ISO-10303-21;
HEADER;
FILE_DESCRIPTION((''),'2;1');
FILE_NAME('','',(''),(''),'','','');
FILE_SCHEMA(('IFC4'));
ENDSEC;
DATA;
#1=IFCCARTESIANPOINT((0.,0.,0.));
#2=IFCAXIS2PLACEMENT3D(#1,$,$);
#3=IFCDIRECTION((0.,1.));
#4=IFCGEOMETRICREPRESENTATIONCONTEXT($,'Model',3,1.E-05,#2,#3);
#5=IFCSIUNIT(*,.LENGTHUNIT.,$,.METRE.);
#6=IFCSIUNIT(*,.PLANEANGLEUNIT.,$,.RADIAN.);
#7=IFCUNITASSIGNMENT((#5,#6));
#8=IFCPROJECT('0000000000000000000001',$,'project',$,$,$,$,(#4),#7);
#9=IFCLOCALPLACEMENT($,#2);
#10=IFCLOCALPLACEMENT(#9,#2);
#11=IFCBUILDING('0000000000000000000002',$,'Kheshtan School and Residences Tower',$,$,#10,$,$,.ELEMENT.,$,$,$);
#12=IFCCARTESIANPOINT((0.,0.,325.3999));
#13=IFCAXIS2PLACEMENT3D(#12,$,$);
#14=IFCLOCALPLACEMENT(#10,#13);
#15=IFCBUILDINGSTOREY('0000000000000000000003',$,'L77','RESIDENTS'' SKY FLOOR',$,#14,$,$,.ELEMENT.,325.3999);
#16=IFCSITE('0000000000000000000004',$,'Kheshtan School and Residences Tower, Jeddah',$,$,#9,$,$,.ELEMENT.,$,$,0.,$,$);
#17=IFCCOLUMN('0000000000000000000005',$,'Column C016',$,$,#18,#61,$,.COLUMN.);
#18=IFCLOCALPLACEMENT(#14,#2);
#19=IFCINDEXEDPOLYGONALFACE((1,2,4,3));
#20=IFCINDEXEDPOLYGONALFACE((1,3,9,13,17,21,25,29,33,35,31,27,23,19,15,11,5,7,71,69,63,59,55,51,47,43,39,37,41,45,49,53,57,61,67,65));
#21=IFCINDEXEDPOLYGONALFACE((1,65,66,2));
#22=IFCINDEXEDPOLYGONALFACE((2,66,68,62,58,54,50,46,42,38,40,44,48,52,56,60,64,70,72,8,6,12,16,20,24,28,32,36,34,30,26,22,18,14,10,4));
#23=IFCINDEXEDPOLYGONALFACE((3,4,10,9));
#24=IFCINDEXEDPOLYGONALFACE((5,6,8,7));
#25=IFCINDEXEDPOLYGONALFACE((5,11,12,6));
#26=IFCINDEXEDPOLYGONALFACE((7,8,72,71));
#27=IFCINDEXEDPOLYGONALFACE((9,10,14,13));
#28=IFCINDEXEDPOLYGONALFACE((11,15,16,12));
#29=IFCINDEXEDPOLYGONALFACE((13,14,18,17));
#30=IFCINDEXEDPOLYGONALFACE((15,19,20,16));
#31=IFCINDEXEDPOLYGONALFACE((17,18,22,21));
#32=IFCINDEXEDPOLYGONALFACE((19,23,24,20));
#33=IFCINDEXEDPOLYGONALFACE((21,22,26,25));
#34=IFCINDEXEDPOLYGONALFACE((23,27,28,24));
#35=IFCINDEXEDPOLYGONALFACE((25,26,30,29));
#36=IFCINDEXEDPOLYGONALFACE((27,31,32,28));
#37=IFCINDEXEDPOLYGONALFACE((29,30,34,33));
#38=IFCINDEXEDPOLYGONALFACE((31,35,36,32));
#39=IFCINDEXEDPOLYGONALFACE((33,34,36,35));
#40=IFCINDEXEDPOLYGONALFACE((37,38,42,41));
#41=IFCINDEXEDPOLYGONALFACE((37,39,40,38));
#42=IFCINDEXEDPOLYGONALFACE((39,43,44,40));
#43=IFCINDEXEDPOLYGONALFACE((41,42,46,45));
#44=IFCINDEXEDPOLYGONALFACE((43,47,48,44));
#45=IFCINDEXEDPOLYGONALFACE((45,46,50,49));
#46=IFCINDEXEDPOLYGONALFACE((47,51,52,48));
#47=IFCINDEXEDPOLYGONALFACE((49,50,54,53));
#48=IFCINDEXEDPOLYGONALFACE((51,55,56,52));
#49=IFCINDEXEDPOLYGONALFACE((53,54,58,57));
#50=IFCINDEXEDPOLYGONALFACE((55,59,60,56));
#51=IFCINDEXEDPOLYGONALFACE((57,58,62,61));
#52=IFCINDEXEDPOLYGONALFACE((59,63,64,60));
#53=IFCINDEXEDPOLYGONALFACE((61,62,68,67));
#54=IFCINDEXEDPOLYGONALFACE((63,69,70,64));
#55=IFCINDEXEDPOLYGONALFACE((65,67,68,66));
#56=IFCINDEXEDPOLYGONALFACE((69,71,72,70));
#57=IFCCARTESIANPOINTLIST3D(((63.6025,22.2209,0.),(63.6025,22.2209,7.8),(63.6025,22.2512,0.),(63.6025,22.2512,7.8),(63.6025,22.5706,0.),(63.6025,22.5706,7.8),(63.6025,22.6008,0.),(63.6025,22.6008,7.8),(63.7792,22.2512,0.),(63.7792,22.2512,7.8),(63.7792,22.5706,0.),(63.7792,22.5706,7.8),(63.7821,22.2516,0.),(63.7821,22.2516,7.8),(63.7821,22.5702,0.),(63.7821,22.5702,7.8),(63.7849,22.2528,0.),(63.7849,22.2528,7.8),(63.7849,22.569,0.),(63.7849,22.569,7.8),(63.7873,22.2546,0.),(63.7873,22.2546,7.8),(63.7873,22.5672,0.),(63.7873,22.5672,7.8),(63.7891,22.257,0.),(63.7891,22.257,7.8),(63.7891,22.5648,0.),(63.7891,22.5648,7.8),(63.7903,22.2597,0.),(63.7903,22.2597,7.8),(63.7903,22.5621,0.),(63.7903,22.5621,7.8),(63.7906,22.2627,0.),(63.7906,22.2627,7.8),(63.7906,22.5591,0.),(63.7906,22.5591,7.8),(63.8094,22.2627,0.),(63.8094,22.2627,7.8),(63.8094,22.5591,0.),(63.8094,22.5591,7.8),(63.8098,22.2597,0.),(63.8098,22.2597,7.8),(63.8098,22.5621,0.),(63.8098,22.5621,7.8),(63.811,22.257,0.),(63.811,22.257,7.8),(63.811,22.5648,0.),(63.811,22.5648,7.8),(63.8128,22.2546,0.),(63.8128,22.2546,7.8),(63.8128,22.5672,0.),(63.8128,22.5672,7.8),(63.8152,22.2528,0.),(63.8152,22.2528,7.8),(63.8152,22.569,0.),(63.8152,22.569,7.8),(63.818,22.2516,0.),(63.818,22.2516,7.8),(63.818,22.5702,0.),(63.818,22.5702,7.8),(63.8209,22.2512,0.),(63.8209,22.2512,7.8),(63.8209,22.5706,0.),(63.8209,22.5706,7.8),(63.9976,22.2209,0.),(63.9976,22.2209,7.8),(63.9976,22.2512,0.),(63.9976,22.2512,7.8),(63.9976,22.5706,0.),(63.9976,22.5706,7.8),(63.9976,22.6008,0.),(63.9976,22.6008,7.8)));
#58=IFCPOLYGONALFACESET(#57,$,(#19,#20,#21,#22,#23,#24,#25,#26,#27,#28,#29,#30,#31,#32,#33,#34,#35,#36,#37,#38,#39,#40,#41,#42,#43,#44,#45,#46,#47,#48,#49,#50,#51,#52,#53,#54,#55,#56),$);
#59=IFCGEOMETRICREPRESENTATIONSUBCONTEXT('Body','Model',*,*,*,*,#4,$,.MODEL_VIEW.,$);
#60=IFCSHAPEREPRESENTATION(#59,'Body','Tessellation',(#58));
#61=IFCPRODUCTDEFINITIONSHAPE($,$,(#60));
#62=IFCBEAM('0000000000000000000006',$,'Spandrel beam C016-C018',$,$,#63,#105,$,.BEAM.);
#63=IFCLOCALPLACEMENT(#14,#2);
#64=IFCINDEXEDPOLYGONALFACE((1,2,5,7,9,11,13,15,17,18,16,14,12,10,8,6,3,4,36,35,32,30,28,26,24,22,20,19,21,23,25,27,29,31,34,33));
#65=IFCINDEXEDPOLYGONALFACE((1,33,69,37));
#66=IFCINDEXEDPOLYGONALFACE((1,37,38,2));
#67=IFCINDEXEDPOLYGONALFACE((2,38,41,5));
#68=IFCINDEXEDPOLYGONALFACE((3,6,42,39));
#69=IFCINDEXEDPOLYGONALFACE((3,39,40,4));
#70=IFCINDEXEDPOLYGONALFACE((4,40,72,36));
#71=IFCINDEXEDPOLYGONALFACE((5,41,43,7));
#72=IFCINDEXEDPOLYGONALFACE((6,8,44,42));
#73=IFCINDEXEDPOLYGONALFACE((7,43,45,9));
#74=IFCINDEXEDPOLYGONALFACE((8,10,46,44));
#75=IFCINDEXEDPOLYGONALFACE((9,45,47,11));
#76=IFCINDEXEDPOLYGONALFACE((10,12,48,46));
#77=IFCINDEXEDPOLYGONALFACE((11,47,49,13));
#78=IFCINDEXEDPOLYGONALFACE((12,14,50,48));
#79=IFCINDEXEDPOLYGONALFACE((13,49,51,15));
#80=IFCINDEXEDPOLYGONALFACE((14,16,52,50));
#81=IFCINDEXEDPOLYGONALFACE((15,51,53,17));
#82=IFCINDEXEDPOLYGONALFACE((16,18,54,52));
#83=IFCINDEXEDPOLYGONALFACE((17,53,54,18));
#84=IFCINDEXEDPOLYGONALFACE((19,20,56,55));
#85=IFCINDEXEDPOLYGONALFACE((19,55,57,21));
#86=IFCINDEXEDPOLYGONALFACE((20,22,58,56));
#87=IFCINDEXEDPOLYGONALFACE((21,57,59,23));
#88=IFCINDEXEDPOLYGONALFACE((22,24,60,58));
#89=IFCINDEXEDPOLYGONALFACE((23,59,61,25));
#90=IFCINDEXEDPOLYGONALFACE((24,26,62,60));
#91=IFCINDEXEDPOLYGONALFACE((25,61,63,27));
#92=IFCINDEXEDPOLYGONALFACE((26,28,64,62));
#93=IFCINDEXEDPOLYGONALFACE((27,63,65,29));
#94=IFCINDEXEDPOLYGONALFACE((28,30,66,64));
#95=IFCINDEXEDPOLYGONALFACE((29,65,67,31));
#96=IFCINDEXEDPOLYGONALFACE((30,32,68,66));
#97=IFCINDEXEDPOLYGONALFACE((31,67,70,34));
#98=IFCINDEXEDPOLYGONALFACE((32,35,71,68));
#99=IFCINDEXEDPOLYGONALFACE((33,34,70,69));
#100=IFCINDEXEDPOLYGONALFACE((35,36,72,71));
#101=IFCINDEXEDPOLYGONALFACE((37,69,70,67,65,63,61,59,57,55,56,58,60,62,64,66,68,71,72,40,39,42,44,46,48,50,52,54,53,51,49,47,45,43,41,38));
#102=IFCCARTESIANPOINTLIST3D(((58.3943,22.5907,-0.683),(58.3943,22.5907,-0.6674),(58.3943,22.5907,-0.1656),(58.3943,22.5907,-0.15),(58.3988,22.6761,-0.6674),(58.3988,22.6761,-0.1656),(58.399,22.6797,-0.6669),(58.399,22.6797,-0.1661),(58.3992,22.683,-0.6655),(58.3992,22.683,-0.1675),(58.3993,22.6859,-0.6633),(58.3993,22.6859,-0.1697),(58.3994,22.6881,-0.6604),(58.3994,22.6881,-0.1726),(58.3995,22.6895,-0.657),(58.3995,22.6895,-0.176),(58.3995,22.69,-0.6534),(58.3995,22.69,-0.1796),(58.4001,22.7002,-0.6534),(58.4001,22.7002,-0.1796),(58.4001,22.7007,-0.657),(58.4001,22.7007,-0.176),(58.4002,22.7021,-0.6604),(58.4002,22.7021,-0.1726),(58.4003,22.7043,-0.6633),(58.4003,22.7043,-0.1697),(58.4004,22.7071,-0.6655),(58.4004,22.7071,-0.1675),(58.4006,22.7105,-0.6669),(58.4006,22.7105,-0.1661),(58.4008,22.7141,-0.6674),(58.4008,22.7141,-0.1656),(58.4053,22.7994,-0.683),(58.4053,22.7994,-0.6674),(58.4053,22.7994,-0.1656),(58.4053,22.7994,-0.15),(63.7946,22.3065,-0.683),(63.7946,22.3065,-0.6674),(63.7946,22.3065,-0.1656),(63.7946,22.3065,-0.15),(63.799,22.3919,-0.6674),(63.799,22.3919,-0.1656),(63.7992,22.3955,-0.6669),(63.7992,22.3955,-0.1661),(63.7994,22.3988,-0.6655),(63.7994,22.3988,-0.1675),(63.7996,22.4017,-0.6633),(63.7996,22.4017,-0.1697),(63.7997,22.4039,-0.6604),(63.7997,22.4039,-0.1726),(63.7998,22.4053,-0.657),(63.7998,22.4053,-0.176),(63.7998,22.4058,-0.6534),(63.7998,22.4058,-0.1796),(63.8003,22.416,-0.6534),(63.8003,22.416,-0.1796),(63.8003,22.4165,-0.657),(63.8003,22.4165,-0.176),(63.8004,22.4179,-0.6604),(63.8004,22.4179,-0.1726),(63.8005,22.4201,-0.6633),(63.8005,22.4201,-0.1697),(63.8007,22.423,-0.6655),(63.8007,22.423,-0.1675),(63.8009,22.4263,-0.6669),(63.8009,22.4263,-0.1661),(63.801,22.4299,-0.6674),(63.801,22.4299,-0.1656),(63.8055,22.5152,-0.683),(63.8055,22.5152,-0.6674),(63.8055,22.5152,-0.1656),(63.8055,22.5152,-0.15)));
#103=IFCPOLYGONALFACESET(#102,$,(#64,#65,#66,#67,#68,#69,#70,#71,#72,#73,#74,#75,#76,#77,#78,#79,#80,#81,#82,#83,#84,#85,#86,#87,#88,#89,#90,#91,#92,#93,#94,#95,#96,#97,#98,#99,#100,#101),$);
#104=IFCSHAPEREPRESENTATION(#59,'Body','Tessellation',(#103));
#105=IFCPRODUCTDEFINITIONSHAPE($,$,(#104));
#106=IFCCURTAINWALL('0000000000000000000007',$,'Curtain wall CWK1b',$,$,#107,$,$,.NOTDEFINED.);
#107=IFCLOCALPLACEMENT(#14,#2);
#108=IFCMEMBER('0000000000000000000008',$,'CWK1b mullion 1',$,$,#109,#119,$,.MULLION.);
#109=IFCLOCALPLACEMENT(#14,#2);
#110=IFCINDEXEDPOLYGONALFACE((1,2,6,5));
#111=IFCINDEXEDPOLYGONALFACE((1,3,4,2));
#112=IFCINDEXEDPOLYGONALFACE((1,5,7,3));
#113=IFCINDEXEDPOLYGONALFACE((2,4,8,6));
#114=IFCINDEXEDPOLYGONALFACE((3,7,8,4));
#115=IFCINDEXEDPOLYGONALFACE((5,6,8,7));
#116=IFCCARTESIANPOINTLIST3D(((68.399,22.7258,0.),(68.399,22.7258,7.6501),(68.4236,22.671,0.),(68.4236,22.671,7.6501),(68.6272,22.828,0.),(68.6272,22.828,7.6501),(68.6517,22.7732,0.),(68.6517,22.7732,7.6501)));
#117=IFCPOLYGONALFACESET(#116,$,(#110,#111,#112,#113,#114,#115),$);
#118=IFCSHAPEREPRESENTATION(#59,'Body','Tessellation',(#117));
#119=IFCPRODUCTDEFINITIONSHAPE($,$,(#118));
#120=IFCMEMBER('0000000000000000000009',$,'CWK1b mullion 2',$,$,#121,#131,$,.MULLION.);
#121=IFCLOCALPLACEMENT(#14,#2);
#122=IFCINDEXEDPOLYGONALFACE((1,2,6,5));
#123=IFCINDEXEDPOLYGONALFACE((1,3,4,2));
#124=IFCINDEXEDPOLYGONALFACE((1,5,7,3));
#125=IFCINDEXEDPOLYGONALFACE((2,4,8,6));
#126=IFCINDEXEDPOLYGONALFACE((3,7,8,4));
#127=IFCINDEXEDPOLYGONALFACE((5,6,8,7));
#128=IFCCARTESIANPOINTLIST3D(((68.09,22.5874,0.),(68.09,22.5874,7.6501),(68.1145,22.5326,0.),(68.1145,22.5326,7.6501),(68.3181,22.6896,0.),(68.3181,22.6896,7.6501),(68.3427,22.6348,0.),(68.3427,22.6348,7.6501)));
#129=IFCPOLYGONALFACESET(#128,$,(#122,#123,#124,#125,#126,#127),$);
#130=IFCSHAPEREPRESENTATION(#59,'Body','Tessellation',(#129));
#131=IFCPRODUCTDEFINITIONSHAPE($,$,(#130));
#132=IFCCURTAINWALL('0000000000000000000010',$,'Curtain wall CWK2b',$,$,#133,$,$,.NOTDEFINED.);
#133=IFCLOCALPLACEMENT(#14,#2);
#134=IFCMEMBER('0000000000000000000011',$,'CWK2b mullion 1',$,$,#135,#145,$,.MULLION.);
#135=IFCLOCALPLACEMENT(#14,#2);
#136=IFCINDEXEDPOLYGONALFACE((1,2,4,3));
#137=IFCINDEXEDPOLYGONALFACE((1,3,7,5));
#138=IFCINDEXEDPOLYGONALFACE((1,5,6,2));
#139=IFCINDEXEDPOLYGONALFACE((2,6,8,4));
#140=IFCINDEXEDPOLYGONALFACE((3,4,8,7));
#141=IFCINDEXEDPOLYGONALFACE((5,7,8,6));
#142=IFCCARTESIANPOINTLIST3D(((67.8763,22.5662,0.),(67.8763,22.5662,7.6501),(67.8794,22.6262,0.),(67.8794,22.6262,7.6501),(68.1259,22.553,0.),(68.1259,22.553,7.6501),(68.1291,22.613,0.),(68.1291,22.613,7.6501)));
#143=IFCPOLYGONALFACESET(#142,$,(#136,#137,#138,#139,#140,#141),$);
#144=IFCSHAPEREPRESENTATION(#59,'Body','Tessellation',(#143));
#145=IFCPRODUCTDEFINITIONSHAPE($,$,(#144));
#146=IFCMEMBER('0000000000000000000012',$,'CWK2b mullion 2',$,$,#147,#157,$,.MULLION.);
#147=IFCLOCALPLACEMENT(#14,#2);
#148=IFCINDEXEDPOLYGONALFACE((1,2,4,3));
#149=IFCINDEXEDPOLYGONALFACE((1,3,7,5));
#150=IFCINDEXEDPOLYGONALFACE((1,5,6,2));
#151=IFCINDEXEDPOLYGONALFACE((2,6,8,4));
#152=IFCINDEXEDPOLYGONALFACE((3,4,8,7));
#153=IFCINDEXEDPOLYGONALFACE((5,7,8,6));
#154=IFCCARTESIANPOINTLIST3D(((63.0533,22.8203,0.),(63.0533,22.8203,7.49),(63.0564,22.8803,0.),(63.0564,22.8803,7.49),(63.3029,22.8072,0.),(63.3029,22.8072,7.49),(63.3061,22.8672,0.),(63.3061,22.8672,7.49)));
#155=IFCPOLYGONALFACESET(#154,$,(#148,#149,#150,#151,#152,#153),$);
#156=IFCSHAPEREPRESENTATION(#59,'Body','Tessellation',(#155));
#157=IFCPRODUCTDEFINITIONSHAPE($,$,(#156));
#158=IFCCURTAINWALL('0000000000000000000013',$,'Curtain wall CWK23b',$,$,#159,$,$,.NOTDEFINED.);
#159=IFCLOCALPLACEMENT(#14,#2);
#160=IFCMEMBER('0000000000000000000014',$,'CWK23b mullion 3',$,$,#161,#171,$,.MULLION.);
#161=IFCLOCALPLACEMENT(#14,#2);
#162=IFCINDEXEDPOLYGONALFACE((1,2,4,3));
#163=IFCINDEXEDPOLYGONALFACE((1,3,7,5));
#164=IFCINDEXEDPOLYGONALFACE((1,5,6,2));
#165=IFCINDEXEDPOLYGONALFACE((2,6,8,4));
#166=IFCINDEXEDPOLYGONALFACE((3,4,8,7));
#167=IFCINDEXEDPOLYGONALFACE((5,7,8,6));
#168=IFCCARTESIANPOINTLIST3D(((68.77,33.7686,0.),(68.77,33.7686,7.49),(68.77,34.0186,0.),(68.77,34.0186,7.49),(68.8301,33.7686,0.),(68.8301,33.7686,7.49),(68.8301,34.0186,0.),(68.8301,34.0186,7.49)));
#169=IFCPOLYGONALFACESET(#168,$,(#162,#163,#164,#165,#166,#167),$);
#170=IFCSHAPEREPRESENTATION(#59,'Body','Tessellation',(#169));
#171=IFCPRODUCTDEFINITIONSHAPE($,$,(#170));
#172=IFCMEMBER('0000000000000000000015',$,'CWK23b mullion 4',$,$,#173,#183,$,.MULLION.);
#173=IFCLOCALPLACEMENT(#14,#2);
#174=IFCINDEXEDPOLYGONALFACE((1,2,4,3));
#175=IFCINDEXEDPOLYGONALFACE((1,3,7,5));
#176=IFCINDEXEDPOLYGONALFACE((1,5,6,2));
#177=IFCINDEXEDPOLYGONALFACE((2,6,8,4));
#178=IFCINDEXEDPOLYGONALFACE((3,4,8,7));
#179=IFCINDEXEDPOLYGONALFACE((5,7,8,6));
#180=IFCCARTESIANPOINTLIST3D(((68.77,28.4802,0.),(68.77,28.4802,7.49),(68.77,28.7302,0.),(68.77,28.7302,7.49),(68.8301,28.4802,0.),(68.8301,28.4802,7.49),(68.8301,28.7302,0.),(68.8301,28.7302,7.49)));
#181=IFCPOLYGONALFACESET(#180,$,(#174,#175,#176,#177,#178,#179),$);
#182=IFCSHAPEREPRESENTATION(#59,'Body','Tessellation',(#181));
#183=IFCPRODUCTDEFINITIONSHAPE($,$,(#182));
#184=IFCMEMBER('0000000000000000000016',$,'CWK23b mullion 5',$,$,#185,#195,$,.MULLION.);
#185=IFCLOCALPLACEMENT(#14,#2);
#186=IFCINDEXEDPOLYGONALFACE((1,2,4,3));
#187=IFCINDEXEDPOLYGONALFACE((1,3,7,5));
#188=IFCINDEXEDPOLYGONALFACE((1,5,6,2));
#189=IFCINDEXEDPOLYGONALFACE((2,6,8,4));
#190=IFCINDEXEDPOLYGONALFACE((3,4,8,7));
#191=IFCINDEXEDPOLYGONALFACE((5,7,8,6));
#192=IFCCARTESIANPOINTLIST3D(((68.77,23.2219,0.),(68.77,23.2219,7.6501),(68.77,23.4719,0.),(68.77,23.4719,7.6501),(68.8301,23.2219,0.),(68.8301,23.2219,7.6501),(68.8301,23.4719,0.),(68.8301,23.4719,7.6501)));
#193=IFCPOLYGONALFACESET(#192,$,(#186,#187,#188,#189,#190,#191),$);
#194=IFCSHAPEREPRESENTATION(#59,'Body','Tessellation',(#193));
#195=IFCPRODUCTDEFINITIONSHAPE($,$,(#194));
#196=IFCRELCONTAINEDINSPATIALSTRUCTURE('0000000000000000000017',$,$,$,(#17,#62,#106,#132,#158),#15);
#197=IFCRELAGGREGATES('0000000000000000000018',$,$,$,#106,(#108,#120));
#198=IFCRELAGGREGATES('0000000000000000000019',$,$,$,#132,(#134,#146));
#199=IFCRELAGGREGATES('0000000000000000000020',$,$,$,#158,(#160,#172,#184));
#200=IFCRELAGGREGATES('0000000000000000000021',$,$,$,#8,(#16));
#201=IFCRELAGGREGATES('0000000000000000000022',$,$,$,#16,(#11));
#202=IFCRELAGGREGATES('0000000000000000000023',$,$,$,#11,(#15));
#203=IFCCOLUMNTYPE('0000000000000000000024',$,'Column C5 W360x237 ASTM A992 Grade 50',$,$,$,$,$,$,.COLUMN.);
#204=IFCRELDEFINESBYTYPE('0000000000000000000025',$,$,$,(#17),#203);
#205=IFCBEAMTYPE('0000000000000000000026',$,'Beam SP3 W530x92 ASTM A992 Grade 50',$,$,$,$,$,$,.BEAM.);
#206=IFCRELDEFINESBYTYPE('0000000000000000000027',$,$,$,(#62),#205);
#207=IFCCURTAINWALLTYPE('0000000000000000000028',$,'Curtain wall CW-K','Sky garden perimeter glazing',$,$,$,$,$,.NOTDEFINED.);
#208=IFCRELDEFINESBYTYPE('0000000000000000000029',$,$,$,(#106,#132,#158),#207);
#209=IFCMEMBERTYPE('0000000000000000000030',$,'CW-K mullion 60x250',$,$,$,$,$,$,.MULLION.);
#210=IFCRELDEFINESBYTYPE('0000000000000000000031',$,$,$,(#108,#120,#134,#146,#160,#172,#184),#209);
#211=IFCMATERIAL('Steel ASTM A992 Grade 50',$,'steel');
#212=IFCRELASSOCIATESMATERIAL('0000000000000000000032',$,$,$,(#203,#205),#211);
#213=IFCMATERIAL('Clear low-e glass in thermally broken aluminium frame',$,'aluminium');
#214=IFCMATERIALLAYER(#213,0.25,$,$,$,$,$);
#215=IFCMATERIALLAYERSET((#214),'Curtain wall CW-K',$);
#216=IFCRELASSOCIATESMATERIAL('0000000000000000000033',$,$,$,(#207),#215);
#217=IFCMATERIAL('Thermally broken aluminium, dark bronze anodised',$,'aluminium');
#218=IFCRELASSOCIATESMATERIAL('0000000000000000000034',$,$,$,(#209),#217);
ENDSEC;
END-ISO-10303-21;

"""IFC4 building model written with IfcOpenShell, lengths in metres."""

from ifc_helpers import new_model, si_unit, direction, frame, origin, origin_2d, place, context, subcontext, project, spatial, rectangle, i_section, extrude, material, layer, layer_set, material_profile, profile_set, type_object, element, aggregate, save


model = new_model("IFC4")

# Units and contexts
model_context = context("Model", 3, precision=1e-05, world=origin(), true_north=direction((0.0, 1.0)))
body_context = subcontext(model_context, "Body", "Model", "MODEL_VIEW")
ifc_project = project(units=[si_unit("LENGTHUNIT", "METRE"), si_unit("PLANEANGLEUNIT", "RADIAN")], contexts=[model_context])

# Site, building, storey
site_placement = place(None, origin())
site = spatial("IfcSite", under=ifc_project, at=site_placement, Name="Kheshtan School and Residences Tower, Jeddah", CompositionType="ELEMENT", RefElevation=0.0)
building_placement = place(site_placement, origin())
building = spatial("IfcBuilding", under=site, at=building_placement, Name="Kheshtan School and Residences Tower", CompositionType="ELEMENT")
storey_placement = place(building_placement, frame((0.0, 0.0, 325.3999)))
storey = spatial("IfcBuildingStorey", under=building, at=storey_placement, Name="L77", Description="RESIDENTS' SKY FLOOR", CompositionType="ELEMENT", Elevation=325.3999)

# Column
ifc_material_1 = material(Name="Steel ASTM A992 Grade 50", Category="steel")
ifc_material_profile_1 = material_profile(ifc_material_1, i_section(OverallWidth=0.395, OverallDepth=0.3799, WebThickness=0.0188, FlangeThickness=0.0303, FilletRadius=0.0115, at=origin_2d()), Name="W360x237")
ifc_profile_set_1 = profile_set([ifc_material_profile_1], Name="Steel ASTM A992 Grade 50")
column_type = type_object("IfcColumnType", Name="Column C5 W360x237 ASTM A992 Grade 50", PredefinedType="COLUMN", material=ifc_profile_set_1)
column_placement = place(storey_placement, frame((63.8, 22.4109, 0.0), z_axis=(0.0, 0.0, 1.0), x_axis=(1.0, 0.0, 0.0)))
element("IfcColumn", 1, at=column_placement, inside=storey, type_object=column_type, Name="Column C016", PredefinedType="COLUMN", context=body_context, shape_type="SweptSolid", body=[
    extrude(i_section(OverallWidth=0.395, OverallDepth=0.3799, WebThickness=0.0188, FlangeThickness=0.0303, FilletRadius=0.0115, at=origin_2d()), origin(), (0.0, 0.0, 1.0), 7.8),
])

# Beam
ifc_material_profile_2 = material_profile(ifc_material_1, i_section(OverallWidth=0.209, OverallDepth=0.533, WebThickness=0.0103, FlangeThickness=0.0156, FilletRadius=0.0139, at=origin_2d()), Name="W530x92")
ifc_profile_set_2 = profile_set([ifc_material_profile_2], Name="Steel ASTM A992 Grade 50")
beam_type = type_object("IfcBeamType", Name="Beam SP3 W530x92 ASTM A992 Grade 50", PredefinedType="BEAM", material=ifc_profile_set_2)
beam_placement = place(storey_placement, frame((63.8, 22.4109, -0.4165), z_axis=(-0.998618, 0.052552, 0.0), x_axis=(-0.052552, -0.998618, 0.0)))
element("IfcBeam", 2, at=beam_placement, inside=storey, type_object=beam_type, Name="Spandrel beam C016-C018", PredefinedType="BEAM", context=body_context, shape_type="SweptSolid", body=[
    extrude(i_section(OverallWidth=0.209, OverallDepth=0.533, WebThickness=0.0103, FlangeThickness=0.0156, FilletRadius=0.0139, at=origin_2d()), origin(), (0.0, 0.0, 1.0), 5.4077),
])

# Curtain walls, members
ifc_material_2 = material(Name="Clear low-e glass in thermally broken aluminium frame", Category="aluminium")
ifc_layer_1 = layer(ifc_material_2, 0.25)
ifc_layer_set_1 = layer_set([ifc_layer_1], Name="Curtain wall CW-K")
curtain_wall_type = type_object("IfcCurtainWallType", Name="Curtain wall CW-K", Description="Sky garden perimeter glazing", PredefinedType="NOTDEFINED", material=ifc_layer_set_1)
curtain_wall_1_placement = place(storey_placement, origin())
curtain_wall_1 = element("IfcCurtainWall", 3, at=curtain_wall_1_placement, inside=storey, type_object=curtain_wall_type, Name="Curtain wall CWK1b", PredefinedType="NOTDEFINED")
ifc_material_3 = material(Name="Thermally broken aluminium, dark bronze anodised", Category="aluminium")
ifc_material_profile_3 = material_profile(ifc_material_3, rectangle(XDim=0.0601, YDim=0.25, at=origin_2d()), Name="CW-K mullion 60x250")
ifc_profile_set_3 = profile_set([ifc_material_profile_3], Name="Thermally broken aluminium, dark bronze anodised")
member_type_1 = type_object("IfcMemberType", Name="CW-K mullion 60x250", PredefinedType="MULLION", material=ifc_profile_set_3)
member_1_placement = place(storey_placement, frame((68.5254, 22.7495, 0.0), z_axis=(0.0, 0.0, 1.0), x_axis=(0.408696, -0.912671, 0.0)))
member_1 = element("IfcMember", 4, at=member_1_placement, type_object=member_type_1, Name="CWK1b mullion 1", PredefinedType="MULLION", context=body_context, shape_type="SweptSolid", body=[
    extrude(rectangle(XDim=0.0601, YDim=0.25, at=origin_2d()), origin(), (0.0, 0.0, 1.0), 7.6501),
])
member_2_placement = place(storey_placement, frame((68.2163, 22.6111, 0.0), z_axis=(0.0, 0.0, 1.0), x_axis=(0.408696, -0.912671, 0.0)))
member_2 = element("IfcMember", 5, at=member_2_placement, type_object=member_type_1, Name="CWK1b mullion 2", PredefinedType="MULLION", context=body_context, shape_type="SweptSolid", body=[
    extrude(rectangle(XDim=0.0601, YDim=0.25, at=origin_2d()), origin(), (0.0, 0.0, 1.0), 7.6501),
])
curtain_wall_2_placement = place(storey_placement, origin())
curtain_wall_2 = element("IfcCurtainWall", 6, at=curtain_wall_2_placement, inside=storey, type_object=curtain_wall_type, Name="Curtain wall CWK2b", PredefinedType="NOTDEFINED")
member_3_placement = place(storey_placement, frame((68.0027, 22.5896, 0.0), z_axis=(0.0, 0.0, 1.0), x_axis=(-0.052588, -0.998616, 0.0)))
member_3 = element("IfcMember", 7, at=member_3_placement, type_object=member_type_1, Name="CWK2b mullion 1", PredefinedType="MULLION", context=body_context, shape_type="SweptSolid", body=[
    extrude(rectangle(XDim=0.0601, YDim=0.25, at=origin_2d()), origin(), (0.0, 0.0, 1.0), 7.6501),
])
member_4_placement = place(storey_placement, frame((63.1797, 22.8438, 0.0), z_axis=(0.0, 0.0, 1.0), x_axis=(-0.052588, -0.998616, 0.0)))
member_4 = element("IfcMember", 8, at=member_4_placement, type_object=member_type_1, Name="CWK2b mullion 2", PredefinedType="MULLION", context=body_context, shape_type="SweptSolid", body=[
    extrude(rectangle(XDim=0.0601, YDim=0.25, at=origin_2d()), origin(), (0.0, 0.0, 1.0), 7.49),
])
curtain_wall_3_placement = place(storey_placement, origin())
curtain_wall_3 = element("IfcCurtainWall", 9, at=curtain_wall_3_placement, inside=storey, type_object=curtain_wall_type, Name="Curtain wall CWK23b", PredefinedType="NOTDEFINED")
member_5_placement = place(storey_placement, frame((68.8, 33.8936, 0.0), z_axis=(0.0, 0.0, 1.0), x_axis=(1.0, 0.0, 0.0)))
member_5 = element("IfcMember", 10, at=member_5_placement, type_object=member_type_1, Name="CWK23b mullion 3", PredefinedType="MULLION", context=body_context, shape_type="SweptSolid", body=[
    extrude(rectangle(XDim=0.0601, YDim=0.25, at=origin_2d()), origin(), (0.0, 0.0, 1.0), 7.49),
])
member_6_placement = place(storey_placement, frame((68.8, 28.6052, 0.0), z_axis=(0.0, 0.0, 1.0), x_axis=(1.0, 0.0, 0.0)))
member_6 = element("IfcMember", 11, at=member_6_placement, type_object=member_type_1, Name="CWK23b mullion 4", PredefinedType="MULLION", context=body_context, shape_type="SweptSolid", body=[
    extrude(rectangle(XDim=0.0601, YDim=0.25, at=origin_2d()), origin(), (0.0, 0.0, 1.0), 7.49),
])
member_7_placement = place(storey_placement, frame((68.8, 23.3469, 0.0), z_axis=(0.0, 0.0, 1.0), x_axis=(1.0, 0.0, 0.0)))
member_7 = element("IfcMember", 12, at=member_7_placement, type_object=member_type_1, Name="CWK23b mullion 5", PredefinedType="MULLION", context=body_context, shape_type="SweptSolid", body=[
    extrude(rectangle(XDim=0.0601, YDim=0.25, at=origin_2d()), origin(), (0.0, 0.0, 1.0), 7.6501),
])

aggregate(curtain_wall_1, [member_1, member_2])
aggregate(curtain_wall_2, [member_3, member_4])
aggregate(curtain_wall_3, [member_5, member_6, member_7])

save(model, "model.ifc")
